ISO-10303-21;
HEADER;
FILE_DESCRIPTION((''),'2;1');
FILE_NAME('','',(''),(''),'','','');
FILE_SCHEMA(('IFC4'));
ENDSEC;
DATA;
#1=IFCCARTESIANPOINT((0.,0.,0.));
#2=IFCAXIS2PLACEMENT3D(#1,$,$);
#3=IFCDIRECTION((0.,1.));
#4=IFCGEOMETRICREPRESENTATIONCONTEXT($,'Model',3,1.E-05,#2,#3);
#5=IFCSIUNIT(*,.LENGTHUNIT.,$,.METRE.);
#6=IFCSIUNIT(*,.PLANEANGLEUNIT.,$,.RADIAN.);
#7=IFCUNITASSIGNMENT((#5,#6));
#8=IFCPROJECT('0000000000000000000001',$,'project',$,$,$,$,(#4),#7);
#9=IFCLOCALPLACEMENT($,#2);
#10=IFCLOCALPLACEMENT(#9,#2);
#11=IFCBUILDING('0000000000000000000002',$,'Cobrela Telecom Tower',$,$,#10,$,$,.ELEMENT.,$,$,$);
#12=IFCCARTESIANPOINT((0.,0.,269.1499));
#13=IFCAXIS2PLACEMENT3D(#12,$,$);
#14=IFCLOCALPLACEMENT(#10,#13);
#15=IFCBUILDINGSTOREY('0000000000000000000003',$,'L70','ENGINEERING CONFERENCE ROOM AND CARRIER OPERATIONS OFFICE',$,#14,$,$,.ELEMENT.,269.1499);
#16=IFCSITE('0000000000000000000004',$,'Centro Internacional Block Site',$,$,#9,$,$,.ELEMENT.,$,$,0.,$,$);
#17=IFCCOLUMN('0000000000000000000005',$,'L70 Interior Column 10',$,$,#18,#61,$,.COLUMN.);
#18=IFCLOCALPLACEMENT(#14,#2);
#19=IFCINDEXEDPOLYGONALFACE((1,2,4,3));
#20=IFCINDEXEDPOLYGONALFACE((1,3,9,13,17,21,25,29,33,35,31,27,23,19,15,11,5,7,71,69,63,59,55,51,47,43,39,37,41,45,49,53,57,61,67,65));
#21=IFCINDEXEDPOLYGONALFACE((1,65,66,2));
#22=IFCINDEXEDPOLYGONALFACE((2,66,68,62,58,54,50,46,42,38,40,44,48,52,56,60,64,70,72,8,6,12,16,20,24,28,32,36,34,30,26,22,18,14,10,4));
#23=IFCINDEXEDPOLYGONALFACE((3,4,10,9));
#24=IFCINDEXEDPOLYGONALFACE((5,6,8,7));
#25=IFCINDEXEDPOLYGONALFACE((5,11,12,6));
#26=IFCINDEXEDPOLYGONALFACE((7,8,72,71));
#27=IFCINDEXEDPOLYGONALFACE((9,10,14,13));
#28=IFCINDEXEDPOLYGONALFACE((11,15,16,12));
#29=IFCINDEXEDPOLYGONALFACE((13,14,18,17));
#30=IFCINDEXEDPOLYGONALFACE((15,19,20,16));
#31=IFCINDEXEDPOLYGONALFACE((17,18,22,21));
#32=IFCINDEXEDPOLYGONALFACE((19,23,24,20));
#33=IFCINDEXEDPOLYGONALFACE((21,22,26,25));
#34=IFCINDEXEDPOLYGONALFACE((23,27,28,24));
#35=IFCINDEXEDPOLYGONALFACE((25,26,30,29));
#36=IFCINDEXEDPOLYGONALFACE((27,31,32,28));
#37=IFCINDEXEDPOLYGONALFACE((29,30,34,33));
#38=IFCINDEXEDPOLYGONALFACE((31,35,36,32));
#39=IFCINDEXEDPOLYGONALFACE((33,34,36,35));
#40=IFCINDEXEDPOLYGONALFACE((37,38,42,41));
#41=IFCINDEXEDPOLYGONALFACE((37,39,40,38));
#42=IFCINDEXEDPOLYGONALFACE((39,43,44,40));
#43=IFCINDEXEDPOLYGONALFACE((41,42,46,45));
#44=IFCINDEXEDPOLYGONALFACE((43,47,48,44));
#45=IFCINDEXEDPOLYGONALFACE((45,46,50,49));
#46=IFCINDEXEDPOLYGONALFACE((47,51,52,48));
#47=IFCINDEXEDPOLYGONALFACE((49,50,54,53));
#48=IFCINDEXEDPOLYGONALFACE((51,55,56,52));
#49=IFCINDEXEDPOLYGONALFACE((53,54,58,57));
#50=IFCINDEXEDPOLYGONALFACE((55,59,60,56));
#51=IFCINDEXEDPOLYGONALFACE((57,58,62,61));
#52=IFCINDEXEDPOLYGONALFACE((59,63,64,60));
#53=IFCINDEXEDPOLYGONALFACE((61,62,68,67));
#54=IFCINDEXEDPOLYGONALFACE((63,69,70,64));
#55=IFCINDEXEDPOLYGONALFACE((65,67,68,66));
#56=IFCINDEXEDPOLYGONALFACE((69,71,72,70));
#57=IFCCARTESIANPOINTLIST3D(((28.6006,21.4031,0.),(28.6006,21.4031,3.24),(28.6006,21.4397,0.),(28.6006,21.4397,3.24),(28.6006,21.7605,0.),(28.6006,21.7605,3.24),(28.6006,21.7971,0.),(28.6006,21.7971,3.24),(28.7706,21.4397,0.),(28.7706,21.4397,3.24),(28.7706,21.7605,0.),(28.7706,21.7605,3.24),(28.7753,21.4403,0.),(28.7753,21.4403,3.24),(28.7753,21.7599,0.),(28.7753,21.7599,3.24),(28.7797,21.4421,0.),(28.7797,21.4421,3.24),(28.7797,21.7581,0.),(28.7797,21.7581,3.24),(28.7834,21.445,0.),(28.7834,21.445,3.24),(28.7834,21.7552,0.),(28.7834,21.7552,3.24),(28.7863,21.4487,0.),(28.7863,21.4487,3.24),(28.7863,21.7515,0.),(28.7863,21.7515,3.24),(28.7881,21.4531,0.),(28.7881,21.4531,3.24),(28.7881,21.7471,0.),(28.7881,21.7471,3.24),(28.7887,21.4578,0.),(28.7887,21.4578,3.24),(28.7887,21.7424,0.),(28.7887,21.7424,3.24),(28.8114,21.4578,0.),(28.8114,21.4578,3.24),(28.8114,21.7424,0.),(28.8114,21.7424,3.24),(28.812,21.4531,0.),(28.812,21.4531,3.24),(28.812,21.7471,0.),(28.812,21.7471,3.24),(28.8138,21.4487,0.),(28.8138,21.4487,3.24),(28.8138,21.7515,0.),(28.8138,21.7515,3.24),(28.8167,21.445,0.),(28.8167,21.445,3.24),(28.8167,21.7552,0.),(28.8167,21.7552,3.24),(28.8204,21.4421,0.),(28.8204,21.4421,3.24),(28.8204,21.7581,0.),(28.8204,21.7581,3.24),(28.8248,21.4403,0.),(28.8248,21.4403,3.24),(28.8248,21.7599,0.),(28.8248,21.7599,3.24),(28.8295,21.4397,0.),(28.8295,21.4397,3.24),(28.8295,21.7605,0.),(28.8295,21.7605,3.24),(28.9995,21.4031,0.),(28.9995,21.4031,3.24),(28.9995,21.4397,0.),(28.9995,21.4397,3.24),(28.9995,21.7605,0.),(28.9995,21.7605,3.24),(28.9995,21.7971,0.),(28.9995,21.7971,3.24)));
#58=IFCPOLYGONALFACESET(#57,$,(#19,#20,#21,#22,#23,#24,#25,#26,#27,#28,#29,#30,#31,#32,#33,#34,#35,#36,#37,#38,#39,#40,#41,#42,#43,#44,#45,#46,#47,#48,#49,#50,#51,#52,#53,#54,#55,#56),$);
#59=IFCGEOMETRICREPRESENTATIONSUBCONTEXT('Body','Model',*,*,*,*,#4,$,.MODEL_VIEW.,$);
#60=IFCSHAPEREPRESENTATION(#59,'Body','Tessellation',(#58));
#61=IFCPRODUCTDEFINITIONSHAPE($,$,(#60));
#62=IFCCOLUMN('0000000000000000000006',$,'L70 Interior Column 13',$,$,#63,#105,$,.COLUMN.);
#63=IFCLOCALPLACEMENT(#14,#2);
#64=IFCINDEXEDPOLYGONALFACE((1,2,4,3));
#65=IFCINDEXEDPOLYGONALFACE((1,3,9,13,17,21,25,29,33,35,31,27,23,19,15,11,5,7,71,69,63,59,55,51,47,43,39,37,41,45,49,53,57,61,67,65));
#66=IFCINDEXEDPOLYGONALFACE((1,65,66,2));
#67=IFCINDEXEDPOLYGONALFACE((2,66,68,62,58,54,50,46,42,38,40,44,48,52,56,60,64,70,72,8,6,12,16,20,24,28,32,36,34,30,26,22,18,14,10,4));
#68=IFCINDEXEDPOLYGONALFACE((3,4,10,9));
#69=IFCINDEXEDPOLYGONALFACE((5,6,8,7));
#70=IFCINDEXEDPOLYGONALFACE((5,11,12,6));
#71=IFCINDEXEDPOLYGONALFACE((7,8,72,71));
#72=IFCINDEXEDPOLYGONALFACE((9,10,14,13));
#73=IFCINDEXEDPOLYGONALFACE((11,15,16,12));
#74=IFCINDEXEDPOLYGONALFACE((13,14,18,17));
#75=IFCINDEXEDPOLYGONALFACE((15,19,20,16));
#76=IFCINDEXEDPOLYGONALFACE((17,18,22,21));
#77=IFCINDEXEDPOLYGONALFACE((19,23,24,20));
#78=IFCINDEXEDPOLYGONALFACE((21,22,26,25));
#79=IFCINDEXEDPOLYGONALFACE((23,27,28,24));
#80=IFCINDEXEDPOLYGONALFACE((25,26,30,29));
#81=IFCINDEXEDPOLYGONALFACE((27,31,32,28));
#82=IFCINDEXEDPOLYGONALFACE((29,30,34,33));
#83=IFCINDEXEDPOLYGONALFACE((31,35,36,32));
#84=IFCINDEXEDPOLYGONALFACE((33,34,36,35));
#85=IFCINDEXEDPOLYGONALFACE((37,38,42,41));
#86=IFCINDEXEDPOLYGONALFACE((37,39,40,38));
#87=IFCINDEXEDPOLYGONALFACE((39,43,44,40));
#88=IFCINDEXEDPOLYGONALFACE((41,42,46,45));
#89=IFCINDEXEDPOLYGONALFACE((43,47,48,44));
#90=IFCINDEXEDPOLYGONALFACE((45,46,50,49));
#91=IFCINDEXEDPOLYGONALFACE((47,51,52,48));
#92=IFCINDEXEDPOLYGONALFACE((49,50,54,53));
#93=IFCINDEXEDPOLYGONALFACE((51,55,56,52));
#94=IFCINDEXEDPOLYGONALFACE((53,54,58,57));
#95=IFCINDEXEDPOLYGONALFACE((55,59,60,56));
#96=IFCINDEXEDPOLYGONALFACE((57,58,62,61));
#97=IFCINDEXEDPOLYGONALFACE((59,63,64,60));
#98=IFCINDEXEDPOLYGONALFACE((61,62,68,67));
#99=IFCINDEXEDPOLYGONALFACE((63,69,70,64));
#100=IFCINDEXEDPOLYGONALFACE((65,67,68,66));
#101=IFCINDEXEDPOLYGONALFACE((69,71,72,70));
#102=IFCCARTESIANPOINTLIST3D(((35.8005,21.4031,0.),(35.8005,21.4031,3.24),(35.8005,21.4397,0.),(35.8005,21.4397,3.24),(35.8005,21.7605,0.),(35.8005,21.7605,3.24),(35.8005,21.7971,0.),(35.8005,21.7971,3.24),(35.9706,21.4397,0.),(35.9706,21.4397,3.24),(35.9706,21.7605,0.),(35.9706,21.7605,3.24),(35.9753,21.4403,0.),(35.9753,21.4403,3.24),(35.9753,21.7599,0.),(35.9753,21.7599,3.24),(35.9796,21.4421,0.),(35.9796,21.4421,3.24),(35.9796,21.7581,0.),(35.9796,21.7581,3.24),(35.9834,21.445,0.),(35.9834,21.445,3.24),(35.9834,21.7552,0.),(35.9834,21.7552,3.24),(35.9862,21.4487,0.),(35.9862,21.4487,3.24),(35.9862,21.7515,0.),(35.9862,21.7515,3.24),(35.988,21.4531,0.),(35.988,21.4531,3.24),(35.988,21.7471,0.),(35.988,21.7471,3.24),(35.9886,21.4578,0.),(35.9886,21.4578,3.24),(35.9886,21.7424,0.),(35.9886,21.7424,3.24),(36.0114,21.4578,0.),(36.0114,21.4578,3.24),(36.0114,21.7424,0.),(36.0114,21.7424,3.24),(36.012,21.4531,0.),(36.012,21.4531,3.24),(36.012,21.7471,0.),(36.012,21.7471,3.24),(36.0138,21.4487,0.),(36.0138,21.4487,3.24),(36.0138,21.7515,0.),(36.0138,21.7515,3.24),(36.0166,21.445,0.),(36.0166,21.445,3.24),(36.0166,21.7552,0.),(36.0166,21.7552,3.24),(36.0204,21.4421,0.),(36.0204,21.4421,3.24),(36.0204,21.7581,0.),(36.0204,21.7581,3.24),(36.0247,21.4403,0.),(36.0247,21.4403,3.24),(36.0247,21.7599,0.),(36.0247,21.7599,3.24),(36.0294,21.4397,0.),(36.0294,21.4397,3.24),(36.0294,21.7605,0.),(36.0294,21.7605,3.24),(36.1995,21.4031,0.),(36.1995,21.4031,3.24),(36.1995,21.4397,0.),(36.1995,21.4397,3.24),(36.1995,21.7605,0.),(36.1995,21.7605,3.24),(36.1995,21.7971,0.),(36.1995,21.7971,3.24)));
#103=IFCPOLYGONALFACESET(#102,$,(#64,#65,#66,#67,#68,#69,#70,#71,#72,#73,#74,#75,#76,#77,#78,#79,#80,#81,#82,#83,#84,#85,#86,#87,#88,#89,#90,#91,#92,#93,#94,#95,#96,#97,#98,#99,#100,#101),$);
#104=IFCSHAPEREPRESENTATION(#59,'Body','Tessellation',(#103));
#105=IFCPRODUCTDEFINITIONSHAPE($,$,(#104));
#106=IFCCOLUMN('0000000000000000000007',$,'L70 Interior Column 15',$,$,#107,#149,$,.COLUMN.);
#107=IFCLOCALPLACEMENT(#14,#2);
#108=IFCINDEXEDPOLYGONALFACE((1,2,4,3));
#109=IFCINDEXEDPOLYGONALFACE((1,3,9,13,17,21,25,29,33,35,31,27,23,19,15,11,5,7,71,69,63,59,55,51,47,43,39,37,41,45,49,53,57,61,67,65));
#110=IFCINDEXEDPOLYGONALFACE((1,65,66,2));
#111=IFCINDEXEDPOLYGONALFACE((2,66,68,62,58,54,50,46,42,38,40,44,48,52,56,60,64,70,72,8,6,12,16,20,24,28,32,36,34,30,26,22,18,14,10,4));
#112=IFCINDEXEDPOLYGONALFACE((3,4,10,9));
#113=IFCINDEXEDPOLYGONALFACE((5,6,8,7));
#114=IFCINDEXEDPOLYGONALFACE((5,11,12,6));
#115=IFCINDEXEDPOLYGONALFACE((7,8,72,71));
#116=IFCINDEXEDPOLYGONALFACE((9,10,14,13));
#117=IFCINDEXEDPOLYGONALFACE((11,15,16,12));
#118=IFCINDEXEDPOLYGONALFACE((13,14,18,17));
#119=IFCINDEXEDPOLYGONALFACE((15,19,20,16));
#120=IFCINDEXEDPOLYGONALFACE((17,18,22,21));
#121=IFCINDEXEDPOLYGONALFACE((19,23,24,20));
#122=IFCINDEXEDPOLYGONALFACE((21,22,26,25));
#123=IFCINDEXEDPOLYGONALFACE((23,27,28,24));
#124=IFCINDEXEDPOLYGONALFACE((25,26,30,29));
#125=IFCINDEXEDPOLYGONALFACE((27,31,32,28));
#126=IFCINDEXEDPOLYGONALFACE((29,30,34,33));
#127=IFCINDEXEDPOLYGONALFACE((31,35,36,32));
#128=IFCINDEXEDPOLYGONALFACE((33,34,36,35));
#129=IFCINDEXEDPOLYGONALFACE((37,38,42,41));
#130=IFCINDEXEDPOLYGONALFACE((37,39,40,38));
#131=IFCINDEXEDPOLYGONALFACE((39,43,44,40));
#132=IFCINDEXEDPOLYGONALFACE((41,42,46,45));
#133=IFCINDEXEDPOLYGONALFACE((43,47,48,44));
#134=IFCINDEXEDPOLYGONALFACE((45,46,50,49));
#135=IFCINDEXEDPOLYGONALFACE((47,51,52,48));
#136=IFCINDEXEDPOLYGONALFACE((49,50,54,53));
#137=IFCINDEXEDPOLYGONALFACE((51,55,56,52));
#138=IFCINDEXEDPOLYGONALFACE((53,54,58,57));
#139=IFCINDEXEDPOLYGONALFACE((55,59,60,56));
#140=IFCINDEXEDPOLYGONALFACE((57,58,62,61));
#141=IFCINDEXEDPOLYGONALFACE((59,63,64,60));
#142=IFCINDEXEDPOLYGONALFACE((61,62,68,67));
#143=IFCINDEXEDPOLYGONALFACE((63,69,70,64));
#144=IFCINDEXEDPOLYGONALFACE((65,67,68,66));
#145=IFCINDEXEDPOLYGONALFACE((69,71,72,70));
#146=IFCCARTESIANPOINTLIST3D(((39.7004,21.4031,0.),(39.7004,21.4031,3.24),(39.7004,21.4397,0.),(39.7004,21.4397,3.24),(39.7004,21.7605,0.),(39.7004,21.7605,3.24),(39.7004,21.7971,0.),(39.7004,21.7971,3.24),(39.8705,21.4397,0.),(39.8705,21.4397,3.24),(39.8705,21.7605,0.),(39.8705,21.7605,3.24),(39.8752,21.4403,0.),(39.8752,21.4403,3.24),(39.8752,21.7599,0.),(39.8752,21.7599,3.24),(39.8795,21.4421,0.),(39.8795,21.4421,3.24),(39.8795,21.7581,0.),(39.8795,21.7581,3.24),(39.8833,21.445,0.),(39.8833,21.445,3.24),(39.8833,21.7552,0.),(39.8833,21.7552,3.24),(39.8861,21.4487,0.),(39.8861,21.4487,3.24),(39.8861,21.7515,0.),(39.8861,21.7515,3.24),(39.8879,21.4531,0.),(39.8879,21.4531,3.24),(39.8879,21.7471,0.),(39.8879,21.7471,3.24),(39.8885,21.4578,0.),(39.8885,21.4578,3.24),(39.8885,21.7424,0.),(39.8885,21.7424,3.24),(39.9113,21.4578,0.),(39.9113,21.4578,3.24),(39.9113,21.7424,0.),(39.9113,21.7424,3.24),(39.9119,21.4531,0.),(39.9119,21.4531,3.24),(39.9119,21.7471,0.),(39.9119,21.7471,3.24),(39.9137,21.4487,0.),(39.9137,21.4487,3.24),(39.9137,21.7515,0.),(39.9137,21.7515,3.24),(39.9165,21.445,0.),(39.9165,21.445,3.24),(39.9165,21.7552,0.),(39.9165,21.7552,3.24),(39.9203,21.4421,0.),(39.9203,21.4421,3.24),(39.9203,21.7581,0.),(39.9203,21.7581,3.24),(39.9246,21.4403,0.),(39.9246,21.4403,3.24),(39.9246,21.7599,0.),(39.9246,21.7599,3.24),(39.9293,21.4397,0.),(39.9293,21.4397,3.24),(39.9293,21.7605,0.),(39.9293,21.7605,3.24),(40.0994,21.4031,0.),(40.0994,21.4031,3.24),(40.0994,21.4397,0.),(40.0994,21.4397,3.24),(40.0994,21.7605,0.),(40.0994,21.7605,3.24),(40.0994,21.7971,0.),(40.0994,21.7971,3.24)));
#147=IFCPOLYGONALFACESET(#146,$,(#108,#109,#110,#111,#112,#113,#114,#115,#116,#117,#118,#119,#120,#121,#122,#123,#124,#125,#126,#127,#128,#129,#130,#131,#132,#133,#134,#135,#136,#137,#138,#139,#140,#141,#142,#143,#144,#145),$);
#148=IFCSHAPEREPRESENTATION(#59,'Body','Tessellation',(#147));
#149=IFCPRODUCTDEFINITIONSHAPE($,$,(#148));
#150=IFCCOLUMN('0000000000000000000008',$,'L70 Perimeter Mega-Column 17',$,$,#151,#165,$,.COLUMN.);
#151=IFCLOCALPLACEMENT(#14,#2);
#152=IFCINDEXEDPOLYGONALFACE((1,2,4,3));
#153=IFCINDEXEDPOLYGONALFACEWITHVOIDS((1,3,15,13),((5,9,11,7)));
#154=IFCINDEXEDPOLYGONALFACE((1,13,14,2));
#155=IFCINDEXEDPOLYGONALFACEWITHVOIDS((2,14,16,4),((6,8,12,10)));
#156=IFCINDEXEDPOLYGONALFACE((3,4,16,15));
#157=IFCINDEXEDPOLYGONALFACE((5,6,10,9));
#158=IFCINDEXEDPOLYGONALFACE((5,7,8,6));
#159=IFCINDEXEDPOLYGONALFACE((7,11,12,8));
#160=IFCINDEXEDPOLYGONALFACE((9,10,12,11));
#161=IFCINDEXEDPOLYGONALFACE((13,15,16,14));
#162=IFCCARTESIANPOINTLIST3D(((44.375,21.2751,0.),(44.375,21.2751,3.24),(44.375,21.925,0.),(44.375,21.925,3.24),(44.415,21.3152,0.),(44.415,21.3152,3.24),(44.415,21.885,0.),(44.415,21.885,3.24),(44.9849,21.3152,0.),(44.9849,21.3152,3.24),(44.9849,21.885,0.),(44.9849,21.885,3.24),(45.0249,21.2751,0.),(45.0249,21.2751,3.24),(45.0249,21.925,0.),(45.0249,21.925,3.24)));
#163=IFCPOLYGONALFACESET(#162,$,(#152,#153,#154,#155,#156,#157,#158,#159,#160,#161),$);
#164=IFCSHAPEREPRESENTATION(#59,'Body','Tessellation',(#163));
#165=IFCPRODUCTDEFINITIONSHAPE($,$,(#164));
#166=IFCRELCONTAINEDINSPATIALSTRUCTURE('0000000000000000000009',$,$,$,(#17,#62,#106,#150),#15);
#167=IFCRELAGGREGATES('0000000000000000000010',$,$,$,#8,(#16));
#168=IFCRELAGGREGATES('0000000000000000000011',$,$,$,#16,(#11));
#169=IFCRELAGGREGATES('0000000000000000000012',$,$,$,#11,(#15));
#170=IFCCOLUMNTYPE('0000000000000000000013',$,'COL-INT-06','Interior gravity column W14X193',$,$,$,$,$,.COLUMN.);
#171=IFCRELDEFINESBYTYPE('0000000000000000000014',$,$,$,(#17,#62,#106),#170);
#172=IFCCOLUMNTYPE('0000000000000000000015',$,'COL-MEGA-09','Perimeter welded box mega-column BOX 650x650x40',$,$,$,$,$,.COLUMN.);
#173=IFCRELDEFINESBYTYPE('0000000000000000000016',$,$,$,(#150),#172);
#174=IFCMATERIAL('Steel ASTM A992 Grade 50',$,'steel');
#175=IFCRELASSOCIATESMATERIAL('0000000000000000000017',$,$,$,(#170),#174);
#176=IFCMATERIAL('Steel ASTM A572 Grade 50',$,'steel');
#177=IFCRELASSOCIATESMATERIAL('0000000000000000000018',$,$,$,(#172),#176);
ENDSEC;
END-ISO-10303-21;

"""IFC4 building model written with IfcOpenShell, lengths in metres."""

from ifc_helpers import new_model, si_unit, direction, frame, origin, origin_2d, place, context, subcontext, project, spatial, hollow_rectangle, i_section, extrude, material, material_profile, profile_set, type_object, element, save


model = new_model("IFC4")

# Units and contexts
model_context = context("Model", 3, precision=1e-05, world=origin(), true_north=direction((0.0, 1.0)))
body_context = subcontext(model_context, "Body", "Model", "MODEL_VIEW")
ifc_project = project(units=[si_unit("LENGTHUNIT", "METRE"), si_unit("PLANEANGLEUNIT", "RADIAN")], contexts=[model_context])

# Site, building, storey
site_placement = place(None, origin())
site = spatial("IfcSite", under=ifc_project, at=site_placement, Name="Centro Internacional Block Site", CompositionType="ELEMENT", RefElevation=0.0)
building_placement = place(site_placement, origin())
building = spatial("IfcBuilding", under=site, at=building_placement, Name="Cobrela Telecom Tower", CompositionType="ELEMENT")
storey_placement = place(building_placement, frame((0.0, 0.0, 269.1499)))
storey = spatial("IfcBuildingStorey", under=building, at=storey_placement, Name="L70", Description="ENGINEERING CONFERENCE ROOM AND CARRIER OPERATIONS OFFICE", CompositionType="ELEMENT", Elevation=269.1499)

# Columns
ifc_material_1 = material(Name="Steel ASTM A992 Grade 50", Category="steel")
ifc_material_profile_1 = material_profile(ifc_material_1, i_section(OverallWidth=0.3989, OverallDepth=0.394, WebThickness=0.0227, FlangeThickness=0.0366, FilletRadius=0.0181, at=origin_2d()), Name="W14X193")
ifc_profile_set_1 = profile_set([ifc_material_profile_1], Name="Steel ASTM A992 Grade 50")
column_type_1 = type_object("IfcColumnType", Name="COL-INT-06", Description="Interior gravity column W14X193", PredefinedType="COLUMN", material=ifc_profile_set_1)
for number, where, z_axis, x_axis, name in (
    (1, (28.8, 21.6001, 0.0), (0.0, 0.0, 1.0), (1.0, 0.0, 0.0), "L70 Interior Column 10"),
    (2, (36.0, 21.6001, 0.0), (0.0, 0.0, 1.0), (1.0, 0.0, 0.0), "L70 Interior Column 13"),
    (3, (39.8999, 21.6001, 0.0), (0.0, 0.0, 1.0), (1.0, 0.0, 0.0), "L70 Interior Column 15"),
):
    element("IfcColumn", number, at=place(storey_placement, frame(where, z_axis=z_axis, x_axis=x_axis)), inside=storey, type_object=column_type_1, Name=name, PredefinedType="COLUMN", context=body_context, shape_type="SweptSolid", body=[
        extrude(i_section(OverallWidth=0.3989, OverallDepth=0.394, WebThickness=0.0227, FlangeThickness=0.0366, FilletRadius=0.0181, at=origin_2d()), origin(), (0.0, 0.0, 1.0), 3.24),
    ])
ifc_material_2 = material(Name="Steel ASTM A572 Grade 50", Category="steel")
ifc_material_profile_2 = material_profile(ifc_material_2, hollow_rectangle(XDim=0.6499, YDim=0.6499, WallThickness=0.04, at=origin_2d()), Name="BOX 650x650x40")
ifc_profile_set_2 = profile_set([ifc_material_profile_2], Name="Steel ASTM A572 Grade 50")
column_type_2 = type_object("IfcColumnType", Name="COL-MEGA-09", Description="Perimeter welded box mega-column BOX 650x650x40", PredefinedType="COLUMN", material=ifc_profile_set_2)
column_placement = place(storey_placement, frame((44.7, 21.6001, 0.0), z_axis=(0.0, 0.0, 1.0), x_axis=(1.0, 0.0, 0.0)))
element("IfcColumn", 4, at=column_placement, inside=storey, type_object=column_type_2, Name="L70 Perimeter Mega-Column 17", PredefinedType="COLUMN", context=body_context, shape_type="SweptSolid", body=[
    extrude(hollow_rectangle(XDim=0.6499, YDim=0.6499, WallThickness=0.04, at=origin_2d()), origin(), (0.0, 0.0, 1.0), 3.24),
])

save(model, "model.ifc")
